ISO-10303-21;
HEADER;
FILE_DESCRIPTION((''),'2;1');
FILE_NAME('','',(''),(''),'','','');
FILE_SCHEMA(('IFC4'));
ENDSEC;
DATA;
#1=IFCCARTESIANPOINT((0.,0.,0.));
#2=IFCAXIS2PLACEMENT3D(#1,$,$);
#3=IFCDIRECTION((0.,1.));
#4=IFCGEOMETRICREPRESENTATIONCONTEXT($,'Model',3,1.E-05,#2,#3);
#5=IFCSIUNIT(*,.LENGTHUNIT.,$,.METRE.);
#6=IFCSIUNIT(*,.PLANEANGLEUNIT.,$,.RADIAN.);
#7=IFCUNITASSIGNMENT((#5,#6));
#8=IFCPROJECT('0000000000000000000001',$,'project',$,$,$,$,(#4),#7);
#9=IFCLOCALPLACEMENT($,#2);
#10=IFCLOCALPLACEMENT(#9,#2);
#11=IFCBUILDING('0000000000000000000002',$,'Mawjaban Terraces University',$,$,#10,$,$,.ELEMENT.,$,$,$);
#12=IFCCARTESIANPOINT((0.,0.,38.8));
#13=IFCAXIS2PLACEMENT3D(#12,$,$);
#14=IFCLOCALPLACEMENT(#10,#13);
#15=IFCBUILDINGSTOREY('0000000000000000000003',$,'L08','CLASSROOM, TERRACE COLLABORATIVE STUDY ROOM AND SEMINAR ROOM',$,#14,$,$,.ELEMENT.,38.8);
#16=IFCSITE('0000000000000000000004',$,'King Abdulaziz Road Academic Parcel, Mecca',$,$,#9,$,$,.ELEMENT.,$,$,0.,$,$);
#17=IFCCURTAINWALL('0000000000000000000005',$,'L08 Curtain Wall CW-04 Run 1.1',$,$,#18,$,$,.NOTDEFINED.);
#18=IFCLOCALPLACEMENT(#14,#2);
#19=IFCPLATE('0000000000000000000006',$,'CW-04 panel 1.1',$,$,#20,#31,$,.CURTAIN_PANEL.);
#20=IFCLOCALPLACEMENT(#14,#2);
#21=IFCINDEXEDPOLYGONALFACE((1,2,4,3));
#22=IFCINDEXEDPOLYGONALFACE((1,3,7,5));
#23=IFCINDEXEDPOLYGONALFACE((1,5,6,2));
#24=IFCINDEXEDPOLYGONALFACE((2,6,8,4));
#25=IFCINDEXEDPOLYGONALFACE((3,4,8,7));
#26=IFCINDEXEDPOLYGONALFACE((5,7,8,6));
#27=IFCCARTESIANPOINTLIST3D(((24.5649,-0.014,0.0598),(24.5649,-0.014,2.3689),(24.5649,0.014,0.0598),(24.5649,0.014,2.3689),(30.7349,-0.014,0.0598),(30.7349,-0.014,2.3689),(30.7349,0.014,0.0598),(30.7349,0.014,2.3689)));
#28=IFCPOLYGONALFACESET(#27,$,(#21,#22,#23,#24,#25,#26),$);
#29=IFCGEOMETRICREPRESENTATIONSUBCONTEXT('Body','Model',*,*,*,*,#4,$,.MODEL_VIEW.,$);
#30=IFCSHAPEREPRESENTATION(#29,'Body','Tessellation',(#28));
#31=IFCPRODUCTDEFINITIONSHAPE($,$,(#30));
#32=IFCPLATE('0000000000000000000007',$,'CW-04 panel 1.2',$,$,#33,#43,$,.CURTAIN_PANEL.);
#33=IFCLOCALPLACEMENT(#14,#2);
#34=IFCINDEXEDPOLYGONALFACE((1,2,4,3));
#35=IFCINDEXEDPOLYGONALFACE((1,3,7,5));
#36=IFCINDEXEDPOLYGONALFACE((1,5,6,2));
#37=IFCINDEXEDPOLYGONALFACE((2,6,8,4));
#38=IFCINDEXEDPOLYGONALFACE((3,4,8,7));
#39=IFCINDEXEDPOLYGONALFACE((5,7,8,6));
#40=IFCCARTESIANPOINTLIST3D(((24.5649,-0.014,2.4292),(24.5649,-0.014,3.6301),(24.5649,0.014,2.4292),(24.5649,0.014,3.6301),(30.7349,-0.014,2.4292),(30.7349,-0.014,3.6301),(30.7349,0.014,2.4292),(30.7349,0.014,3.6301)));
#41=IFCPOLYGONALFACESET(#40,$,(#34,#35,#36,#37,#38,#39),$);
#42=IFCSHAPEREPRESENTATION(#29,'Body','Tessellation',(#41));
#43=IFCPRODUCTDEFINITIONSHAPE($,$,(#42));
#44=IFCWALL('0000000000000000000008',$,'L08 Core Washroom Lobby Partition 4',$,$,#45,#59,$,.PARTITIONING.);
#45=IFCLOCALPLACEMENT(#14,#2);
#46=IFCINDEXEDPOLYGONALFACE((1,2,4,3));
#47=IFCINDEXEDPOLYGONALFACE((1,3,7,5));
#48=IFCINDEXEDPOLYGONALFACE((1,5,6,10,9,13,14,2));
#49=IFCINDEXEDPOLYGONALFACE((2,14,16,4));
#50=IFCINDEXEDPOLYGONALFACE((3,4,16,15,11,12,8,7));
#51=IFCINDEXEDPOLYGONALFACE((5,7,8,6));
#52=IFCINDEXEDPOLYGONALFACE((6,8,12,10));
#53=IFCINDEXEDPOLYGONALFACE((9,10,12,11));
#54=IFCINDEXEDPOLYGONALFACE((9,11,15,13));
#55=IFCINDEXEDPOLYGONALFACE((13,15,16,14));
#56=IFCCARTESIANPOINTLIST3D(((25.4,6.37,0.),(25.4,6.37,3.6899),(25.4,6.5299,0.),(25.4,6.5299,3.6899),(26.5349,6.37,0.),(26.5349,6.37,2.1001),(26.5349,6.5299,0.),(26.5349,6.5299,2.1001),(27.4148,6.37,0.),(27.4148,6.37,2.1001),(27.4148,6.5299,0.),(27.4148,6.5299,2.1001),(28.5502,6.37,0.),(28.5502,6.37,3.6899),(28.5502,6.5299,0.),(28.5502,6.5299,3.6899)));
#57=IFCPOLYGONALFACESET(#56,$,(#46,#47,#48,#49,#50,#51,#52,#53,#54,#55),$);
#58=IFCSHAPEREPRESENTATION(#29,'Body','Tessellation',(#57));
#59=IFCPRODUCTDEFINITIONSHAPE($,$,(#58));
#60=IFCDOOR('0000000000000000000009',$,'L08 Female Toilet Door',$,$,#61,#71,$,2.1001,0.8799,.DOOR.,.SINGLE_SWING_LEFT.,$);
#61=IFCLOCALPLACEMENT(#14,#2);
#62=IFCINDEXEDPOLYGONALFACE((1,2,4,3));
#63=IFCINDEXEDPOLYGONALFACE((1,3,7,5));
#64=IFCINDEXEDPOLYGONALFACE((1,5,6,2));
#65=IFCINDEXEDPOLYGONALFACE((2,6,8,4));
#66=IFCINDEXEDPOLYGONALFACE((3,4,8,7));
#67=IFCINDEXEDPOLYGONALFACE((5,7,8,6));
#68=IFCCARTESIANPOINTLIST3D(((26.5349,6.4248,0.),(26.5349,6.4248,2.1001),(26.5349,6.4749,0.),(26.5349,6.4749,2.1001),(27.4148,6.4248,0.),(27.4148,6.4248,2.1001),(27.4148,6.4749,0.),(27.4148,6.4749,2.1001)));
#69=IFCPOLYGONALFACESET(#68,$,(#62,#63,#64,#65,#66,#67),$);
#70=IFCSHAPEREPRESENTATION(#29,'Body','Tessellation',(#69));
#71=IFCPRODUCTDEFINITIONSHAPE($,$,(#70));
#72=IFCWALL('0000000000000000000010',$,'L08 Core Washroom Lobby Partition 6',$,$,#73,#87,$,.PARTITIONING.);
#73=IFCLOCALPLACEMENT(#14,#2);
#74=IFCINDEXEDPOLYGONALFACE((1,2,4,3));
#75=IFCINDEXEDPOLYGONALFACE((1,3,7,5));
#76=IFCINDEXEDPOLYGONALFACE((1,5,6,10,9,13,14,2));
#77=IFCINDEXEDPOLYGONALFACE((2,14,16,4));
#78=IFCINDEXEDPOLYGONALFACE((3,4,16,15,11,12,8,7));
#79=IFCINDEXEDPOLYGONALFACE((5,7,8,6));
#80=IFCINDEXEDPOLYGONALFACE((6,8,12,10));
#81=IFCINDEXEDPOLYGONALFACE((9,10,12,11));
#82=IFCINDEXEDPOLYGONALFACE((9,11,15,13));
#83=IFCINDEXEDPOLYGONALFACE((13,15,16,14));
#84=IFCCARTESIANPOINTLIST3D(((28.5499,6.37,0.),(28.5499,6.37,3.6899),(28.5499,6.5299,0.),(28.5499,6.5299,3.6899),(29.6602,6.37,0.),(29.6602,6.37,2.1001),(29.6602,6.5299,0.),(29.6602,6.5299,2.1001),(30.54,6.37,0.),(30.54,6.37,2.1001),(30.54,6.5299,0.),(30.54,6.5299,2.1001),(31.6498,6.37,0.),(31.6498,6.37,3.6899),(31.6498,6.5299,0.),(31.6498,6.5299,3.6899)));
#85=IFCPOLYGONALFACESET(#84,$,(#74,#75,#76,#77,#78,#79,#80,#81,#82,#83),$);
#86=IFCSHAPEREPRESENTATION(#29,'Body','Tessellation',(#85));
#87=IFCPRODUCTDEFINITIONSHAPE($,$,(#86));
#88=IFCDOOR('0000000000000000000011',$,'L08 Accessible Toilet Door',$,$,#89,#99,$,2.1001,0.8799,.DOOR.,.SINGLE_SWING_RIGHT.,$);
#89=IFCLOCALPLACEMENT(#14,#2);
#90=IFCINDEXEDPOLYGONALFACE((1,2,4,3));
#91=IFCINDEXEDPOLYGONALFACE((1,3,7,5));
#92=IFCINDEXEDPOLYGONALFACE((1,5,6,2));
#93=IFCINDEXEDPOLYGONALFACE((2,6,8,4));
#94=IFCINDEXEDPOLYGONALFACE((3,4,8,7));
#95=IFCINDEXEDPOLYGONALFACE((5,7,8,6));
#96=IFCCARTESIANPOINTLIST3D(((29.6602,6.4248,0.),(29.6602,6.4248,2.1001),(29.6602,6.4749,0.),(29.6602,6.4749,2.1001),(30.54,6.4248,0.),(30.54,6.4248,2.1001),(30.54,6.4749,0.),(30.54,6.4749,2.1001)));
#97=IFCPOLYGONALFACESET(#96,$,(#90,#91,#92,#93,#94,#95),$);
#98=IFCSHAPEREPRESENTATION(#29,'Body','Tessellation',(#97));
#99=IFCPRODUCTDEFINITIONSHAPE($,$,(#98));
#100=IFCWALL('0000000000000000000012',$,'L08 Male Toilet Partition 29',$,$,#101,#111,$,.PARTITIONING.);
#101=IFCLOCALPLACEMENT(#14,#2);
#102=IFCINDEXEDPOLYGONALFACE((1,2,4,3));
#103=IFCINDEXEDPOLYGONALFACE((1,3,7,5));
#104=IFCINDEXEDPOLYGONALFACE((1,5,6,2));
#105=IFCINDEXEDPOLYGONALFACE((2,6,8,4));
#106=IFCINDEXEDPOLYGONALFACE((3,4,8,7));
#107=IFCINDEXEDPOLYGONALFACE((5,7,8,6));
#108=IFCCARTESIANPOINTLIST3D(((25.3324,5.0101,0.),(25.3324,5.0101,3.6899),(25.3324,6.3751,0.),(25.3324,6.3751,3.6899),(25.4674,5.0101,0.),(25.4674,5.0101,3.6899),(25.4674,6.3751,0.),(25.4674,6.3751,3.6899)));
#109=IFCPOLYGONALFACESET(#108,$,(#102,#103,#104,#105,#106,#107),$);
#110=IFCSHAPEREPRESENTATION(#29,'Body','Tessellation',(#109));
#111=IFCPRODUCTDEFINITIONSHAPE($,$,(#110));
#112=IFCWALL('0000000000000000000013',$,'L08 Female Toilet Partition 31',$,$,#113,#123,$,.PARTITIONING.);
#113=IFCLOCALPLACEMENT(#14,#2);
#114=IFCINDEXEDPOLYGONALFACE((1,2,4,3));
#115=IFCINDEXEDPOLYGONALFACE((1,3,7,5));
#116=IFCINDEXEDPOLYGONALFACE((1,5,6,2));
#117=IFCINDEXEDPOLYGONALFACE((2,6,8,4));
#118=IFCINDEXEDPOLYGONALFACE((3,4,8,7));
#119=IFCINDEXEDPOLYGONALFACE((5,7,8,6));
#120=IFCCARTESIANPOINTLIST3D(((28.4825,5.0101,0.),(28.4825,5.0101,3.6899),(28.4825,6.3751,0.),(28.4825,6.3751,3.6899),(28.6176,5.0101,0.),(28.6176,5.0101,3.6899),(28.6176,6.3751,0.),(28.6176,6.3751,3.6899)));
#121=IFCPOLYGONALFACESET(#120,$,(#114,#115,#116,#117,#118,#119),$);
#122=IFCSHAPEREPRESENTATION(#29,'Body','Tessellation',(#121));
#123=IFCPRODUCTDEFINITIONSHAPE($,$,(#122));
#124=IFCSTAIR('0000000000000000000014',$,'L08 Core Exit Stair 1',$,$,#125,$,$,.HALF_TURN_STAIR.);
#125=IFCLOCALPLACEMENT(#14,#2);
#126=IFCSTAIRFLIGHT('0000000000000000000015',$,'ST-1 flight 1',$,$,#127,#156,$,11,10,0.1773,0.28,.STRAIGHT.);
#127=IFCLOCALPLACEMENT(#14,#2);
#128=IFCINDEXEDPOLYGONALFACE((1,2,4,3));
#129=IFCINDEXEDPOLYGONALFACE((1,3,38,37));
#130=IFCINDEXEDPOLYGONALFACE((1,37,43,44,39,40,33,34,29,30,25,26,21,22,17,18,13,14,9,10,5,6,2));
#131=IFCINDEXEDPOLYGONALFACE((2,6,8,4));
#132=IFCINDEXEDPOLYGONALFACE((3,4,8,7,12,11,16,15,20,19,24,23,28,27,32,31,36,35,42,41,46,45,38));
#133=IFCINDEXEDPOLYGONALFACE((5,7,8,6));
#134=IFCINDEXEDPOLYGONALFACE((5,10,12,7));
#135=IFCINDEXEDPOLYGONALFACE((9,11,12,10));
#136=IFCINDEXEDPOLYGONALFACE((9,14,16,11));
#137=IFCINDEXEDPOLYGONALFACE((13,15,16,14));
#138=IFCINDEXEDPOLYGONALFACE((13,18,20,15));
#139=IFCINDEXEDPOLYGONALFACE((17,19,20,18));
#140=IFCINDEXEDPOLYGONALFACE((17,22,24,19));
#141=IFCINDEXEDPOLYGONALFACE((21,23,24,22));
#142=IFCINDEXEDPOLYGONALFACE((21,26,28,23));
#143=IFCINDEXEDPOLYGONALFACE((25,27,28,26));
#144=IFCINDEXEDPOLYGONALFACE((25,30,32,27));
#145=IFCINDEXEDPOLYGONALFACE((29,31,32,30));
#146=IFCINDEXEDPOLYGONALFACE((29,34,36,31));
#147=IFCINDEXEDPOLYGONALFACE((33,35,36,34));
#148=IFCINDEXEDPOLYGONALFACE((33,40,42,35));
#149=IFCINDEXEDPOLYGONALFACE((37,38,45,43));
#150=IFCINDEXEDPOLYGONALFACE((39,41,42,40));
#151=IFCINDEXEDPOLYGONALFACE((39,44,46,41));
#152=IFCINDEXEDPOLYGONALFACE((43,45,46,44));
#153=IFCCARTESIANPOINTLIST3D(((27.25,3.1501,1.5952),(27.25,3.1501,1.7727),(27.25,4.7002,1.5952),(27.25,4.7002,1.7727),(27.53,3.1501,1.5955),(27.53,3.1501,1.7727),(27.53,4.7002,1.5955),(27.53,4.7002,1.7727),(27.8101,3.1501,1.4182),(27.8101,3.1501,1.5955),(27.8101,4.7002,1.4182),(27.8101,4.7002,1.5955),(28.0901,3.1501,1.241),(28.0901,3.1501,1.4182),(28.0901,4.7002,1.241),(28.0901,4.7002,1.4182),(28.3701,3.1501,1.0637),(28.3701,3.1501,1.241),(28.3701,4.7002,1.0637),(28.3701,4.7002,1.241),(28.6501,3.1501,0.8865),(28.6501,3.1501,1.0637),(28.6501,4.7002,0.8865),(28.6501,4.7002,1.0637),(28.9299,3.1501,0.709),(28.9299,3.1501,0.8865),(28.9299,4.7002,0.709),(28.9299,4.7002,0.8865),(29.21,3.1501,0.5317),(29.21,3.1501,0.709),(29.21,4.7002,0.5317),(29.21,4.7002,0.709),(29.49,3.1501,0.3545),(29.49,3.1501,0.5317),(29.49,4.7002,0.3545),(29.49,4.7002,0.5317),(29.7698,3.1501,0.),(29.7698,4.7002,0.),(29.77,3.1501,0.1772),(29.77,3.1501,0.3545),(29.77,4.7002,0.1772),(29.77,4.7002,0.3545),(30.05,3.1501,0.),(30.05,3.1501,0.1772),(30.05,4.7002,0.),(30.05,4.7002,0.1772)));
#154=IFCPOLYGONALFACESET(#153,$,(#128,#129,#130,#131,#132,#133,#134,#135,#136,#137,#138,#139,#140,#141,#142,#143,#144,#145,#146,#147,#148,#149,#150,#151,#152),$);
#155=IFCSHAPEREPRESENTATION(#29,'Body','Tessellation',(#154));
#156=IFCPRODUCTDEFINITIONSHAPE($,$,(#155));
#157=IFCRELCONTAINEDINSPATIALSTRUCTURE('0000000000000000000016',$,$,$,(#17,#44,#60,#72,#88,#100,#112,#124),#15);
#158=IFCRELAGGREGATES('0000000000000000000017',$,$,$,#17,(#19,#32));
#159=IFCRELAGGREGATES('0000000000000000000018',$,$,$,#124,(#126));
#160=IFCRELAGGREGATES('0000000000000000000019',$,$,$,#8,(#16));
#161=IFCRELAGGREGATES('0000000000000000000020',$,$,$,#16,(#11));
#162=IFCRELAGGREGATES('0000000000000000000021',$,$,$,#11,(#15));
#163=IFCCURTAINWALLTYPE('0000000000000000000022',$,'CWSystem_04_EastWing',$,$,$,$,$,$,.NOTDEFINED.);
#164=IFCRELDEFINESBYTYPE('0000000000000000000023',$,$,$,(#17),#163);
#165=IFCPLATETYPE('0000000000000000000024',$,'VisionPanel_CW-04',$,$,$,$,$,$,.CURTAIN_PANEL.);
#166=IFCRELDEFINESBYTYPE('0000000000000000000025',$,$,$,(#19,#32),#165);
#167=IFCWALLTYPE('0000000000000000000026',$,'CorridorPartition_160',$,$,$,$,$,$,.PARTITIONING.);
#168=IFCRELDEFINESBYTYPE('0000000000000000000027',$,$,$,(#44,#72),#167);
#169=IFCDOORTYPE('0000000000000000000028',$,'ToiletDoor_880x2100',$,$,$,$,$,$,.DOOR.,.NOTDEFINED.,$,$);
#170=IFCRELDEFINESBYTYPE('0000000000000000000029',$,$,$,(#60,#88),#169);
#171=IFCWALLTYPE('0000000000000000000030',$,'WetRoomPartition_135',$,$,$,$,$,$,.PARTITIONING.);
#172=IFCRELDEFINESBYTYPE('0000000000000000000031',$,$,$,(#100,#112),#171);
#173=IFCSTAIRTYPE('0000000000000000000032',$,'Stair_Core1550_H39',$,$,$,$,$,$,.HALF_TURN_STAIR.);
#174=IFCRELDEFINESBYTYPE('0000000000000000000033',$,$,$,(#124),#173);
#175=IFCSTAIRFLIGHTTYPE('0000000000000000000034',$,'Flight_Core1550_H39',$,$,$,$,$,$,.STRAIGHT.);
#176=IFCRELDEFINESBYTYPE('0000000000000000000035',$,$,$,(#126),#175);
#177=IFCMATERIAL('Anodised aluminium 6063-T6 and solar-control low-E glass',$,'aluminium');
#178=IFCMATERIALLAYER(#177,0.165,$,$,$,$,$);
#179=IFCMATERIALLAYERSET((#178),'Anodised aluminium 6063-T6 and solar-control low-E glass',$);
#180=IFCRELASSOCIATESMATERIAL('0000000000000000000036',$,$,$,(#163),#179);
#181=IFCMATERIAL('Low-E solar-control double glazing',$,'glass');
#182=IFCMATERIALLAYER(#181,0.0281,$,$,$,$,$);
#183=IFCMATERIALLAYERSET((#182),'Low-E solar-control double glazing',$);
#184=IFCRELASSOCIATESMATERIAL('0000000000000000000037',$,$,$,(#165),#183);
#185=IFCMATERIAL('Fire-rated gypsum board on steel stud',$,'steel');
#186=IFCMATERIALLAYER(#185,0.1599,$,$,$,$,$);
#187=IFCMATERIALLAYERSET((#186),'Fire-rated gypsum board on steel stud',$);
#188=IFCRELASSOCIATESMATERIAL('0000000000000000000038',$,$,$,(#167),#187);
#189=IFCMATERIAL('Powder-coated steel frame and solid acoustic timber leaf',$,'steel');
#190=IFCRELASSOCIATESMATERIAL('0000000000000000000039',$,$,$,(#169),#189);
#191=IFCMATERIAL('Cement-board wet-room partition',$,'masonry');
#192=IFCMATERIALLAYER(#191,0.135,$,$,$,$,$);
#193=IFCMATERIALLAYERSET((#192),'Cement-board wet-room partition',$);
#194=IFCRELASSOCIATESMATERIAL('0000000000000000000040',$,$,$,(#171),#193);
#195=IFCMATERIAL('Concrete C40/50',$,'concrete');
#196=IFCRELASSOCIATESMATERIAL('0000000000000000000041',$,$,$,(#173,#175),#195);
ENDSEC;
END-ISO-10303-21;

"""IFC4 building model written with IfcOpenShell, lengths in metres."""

from ifc_helpers import new_model, si_unit, direction, frame, frame_2d, origin, origin_2d, place, context, subcontext, project, spatial, polyline, rectangle, outline, extrude, material, layer, layer_set, type_object, element, fill, aggregate, save


model = new_model("IFC4")

# Units and contexts
model_context = context("Model", 3, precision=1e-05, world=origin(), true_north=direction((0.0, 1.0)))
body_context = subcontext(model_context, "Body", "Model", "MODEL_VIEW")
ifc_project = project(units=[si_unit("LENGTHUNIT", "METRE"), si_unit("PLANEANGLEUNIT", "RADIAN")], contexts=[model_context])

# Site, building, storey
site_placement = place(None, origin())
site = spatial("IfcSite", under=ifc_project, at=site_placement, Name="King Abdulaziz Road Academic Parcel, Mecca", CompositionType="ELEMENT", RefElevation=0.0)
building_placement = place(site_placement, origin())
building = spatial("IfcBuilding", under=site, at=building_placement, Name="Mawjaban Terraces University", CompositionType="ELEMENT")
storey_placement = place(building_placement, frame((0.0, 0.0, 38.8)))
storey = spatial("IfcBuildingStorey", under=building, at=storey_placement, Name="L08", Description="CLASSROOM, TERRACE COLLABORATIVE STUDY ROOM AND SEMINAR ROOM", CompositionType="ELEMENT", Elevation=38.8)

# Curtain wall, plates
ifc_material_1 = material(Name="Anodised aluminium 6063-T6 and solar-control low-E glass", Category="aluminium")
ifc_layer_1 = layer(ifc_material_1, 0.165)
ifc_layer_set_1 = layer_set([ifc_layer_1], Name="Anodised aluminium 6063-T6 and solar-control low-E glass")
curtain_wall_type = type_object("IfcCurtainWallType", Name="CWSystem_04_EastWing", PredefinedType="NOTDEFINED", material=ifc_layer_set_1)
curtain_wall_placement = place(storey_placement, origin())
curtain_wall = element("IfcCurtainWall", 1, at=curtain_wall_placement, inside=storey, type_object=curtain_wall_type, Name="L08 Curtain Wall CW-04 Run 1.1", PredefinedType="NOTDEFINED")
ifc_material_2 = material(Name="Low-E solar-control double glazing", Category="glass")
ifc_layer_2 = layer(ifc_material_2, 0.0281)
ifc_layer_set_2 = layer_set([ifc_layer_2], Name="Low-E solar-control double glazing")
plate_type = type_object("IfcPlateType", Name="VisionPanel_CW-04", PredefinedType="CURTAIN_PANEL", material=ifc_layer_set_2)
plate_1_placement = place(storey_placement, frame((27.6499, 0.0, 0.0598), z_axis=(0.0, 0.0, 1.0), x_axis=(1.0, 0.0, 0.0)))
plate_1 = element("IfcPlate", 2, at=plate_1_placement, type_object=plate_type, Name="CW-04 panel 1.1", PredefinedType="CURTAIN_PANEL", context=body_context, shape_type="SweptSolid", body=[
    extrude(rectangle(XDim=6.1699, YDim=0.0281, at=origin_2d()), origin(), (0.0, 0.0, 1.0), 2.3091),
])
plate_2_placement = place(storey_placement, frame((27.6499, 0.0, 2.4292), z_axis=(0.0, 0.0, 1.0), x_axis=(1.0, 0.0, 0.0)))
plate_2 = element("IfcPlate", 3, at=plate_2_placement, type_object=plate_type, Name="CW-04 panel 1.2", PredefinedType="CURTAIN_PANEL", context=body_context, shape_type="SweptSolid", body=[
    extrude(rectangle(XDim=6.1699, YDim=0.0281, at=origin_2d()), origin(), (0.0, 0.0, 1.0), 1.2009),
])
aggregate(curtain_wall, [plate_1, plate_2])

# Walls, openings, doors
ifc_material_3 = material(Name="Fire-rated gypsum board on steel stud", Category="steel")
ifc_layer_3 = layer(ifc_material_3, 0.1599)
ifc_layer_set_3 = layer_set([ifc_layer_3], Name="Fire-rated gypsum board on steel stud")
wall_type_1 = type_object("IfcWallType", Name="CorridorPartition_160", PredefinedType="PARTITIONING", material=ifc_layer_set_3)
wall_1_placement = place(storey_placement, frame((25.3999, 6.45, 0.0), z_axis=(0.0, 0.0, 1.0), x_axis=(1.0, 0.0, 0.0)))
wall_1 = element("IfcWall", 4, at=wall_1_placement, inside=storey, type_object=wall_type_1, Name="L08 Core Washroom Lobby Partition 4", PredefinedType="PARTITIONING", context=body_context, shape_type="SweptSolid", body=[
    extrude(rectangle(XDim=3.1501, YDim=0.1599, at=frame_2d((1.5752, 0.0))), origin(), (0.0, 0.0, 1.0), 3.6899),
])
opening_1_placement = place(wall_1_placement, frame((1.135, 0.0, 0.0)))
opening_1 = element("IfcOpeningElement", 5, at=opening_1_placement, cuts=wall_1, PredefinedType="OPENING", context=body_context, shape_type="SweptSolid", body=[
    extrude(rectangle(XDim=0.8799, YDim=2.1001, at=frame_2d((0.4399, 1.05))), frame((0.0, 0.0898, 0.0), z_axis=(0.0, -1.0, 0.0), x_axis=(1.0, 0.0, 0.0)), (0.0, 0.0, 1.0), 0.1799),
])
ifc_material_4 = material(Name="Powder-coated steel frame and solid acoustic timber leaf", Category="steel")
door_type = type_object("IfcDoorType", Name="ToiletDoor_880x2100", OperationType="NOTDEFINED", PredefinedType="DOOR", material=ifc_material_4)
door_1_placement = place(opening_1_placement, origin())
door_1 = element("IfcDoor", 6, at=door_1_placement, inside=storey, type_object=door_type, Name="L08 Female Toilet Door", OperationType="SINGLE_SWING_LEFT", OverallHeight=2.1001, OverallWidth=0.8799, PredefinedType="DOOR", context=body_context, shape_type="SweptSolid", body=[
    extrude(rectangle(XDim=0.8799, YDim=2.1001, at=frame_2d((0.4399, 1.05))), frame((0.0, 0.0249, 0.0), z_axis=(0.0, -1.0, 0.0), x_axis=(1.0, 0.0, 0.0)), (0.0, 0.0, 1.0), 0.05),
])
fill(opening_1, door_1)
wall_2_placement = place(storey_placement, frame((28.55, 6.45, 0.0), z_axis=(0.0, 0.0, 1.0), x_axis=(1.0, 0.0, 0.0)))
wall_2 = element("IfcWall", 7, at=wall_2_placement, inside=storey, type_object=wall_type_1, Name="L08 Core Washroom Lobby Partition 6", PredefinedType="PARTITIONING", context=body_context, shape_type="SweptSolid", body=[
    extrude(rectangle(XDim=3.0999, YDim=0.1599, at=frame_2d((1.5498, 0.0))), origin(), (0.0, 0.0, 1.0), 3.6899),
])
opening_2_placement = place(wall_2_placement, frame((1.1101, 0.0, 0.0)))
opening_2 = element("IfcOpeningElement", 8, at=opening_2_placement, cuts=wall_2, PredefinedType="OPENING", context=body_context, shape_type="SweptSolid", body=[
    extrude(rectangle(XDim=0.8799, YDim=2.1001, at=frame_2d((0.4399, 1.05))), frame((0.0, 0.0898, 0.0), z_axis=(0.0, -1.0, 0.0), x_axis=(1.0, 0.0, 0.0)), (0.0, 0.0, 1.0), 0.1799),
])
door_2_placement = place(opening_2_placement, origin())
door_2 = element("IfcDoor", 9, at=door_2_placement, inside=storey, type_object=door_type, Name="L08 Accessible Toilet Door", OperationType="SINGLE_SWING_RIGHT", OverallHeight=2.1001, OverallWidth=0.8799, PredefinedType="DOOR", context=body_context, shape_type="SweptSolid", body=[
    extrude(rectangle(XDim=0.8799, YDim=2.1001, at=frame_2d((0.4399, 1.05))), frame((0.0, 0.0249, 0.0), z_axis=(0.0, -1.0, 0.0), x_axis=(1.0, 0.0, 0.0)), (0.0, 0.0, 1.0), 0.05),
])
fill(opening_2, door_2)

# Walls
ifc_material_5 = material(Name="Cement-board wet-room partition", Category="masonry")
ifc_layer_4 = layer(ifc_material_5, 0.135)
ifc_layer_set_4 = layer_set([ifc_layer_4], Name="Cement-board wet-room partition")
wall_type_2 = type_object("IfcWallType", Name="WetRoomPartition_135", PredefinedType="PARTITIONING", material=ifc_layer_set_4)
for number, where, z_axis, x_axis, name in (
    (10, (25.3999, 5.01, 0.0), (0.0, 0.0, 1.0), (0.0, 1.0, 0.0), "L08 Male Toilet Partition 29"),
    (11, (28.55, 5.01, 0.0), (0.0, 0.0, 1.0), (0.0, 1.0, 0.0), "L08 Female Toilet Partition 31"),
):
    element("IfcWall", number, at=place(storey_placement, frame(where, z_axis=z_axis, x_axis=x_axis)), inside=storey, type_object=wall_type_2, Name=name, PredefinedType="PARTITIONING", context=body_context, shape_type="SweptSolid", body=[
        extrude(rectangle(XDim=1.365, YDim=0.135, at=frame_2d((0.6826, 0.0))), origin(), (0.0, 0.0, 1.0), 3.6899),
    ])

# Stair, stair flight
ifc_material_6 = material(Name="Concrete C40/50", Category="concrete")
stair_type = type_object("IfcStairType", Name="Stair_Core1550_H39", PredefinedType="HALF_TURN_STAIR", material=ifc_material_6)
stair_1_placement = place(storey_placement, origin())
stair_1 = element("IfcStair", 12, at=stair_1_placement, inside=storey, type_object=stair_type, Name="L08 Core Exit Stair 1", PredefinedType="HALF_TURN_STAIR")
stair_flight_type = type_object("IfcStairFlightType", Name="Flight_Core1550_H39", PredefinedType="STRAIGHT", material=ifc_material_6)
stair_flight_1_placement = place(storey_placement, frame((30.05, 3.925, 0.0), z_axis=(0.0, 0.0, 1.0), x_axis=(-1.0, 0.0, 0.0)))
stair_flight_1 = element("IfcStairFlight", 13, at=stair_flight_1_placement, type_object=stair_flight_type, Name="ST-1 flight 1", NumberOfRisers=11, NumberOfTreads=10, PredefinedType="STRAIGHT", RiserHeight=0.1773, TreadLength=0.28, context=body_context, shape_type="SweptSolid", body=[
    extrude(outline(polyline([(0.0, 0.0), (0.0, 0.1772), (0.28, 0.1772), (0.28, 0.3545), (0.5601, 0.3545), (0.5601, 0.5317), (0.8401, 0.5317), (0.8401, 0.709), (1.1201, 0.709), (1.1201, 0.8865), (1.3999, 0.8865), (1.3999, 1.0637), (1.6799, 1.0637), (1.6799, 1.241), (1.96, 1.241), (1.96, 1.4182), (2.24, 1.4182), (2.24, 1.5955), (2.52, 1.5955), (2.52, 1.7727), (2.8, 1.7727), (2.8, 1.95), (2.8, 1.5952), (0.2803, 0.0), (0.0, 0.0)])), frame((0.0, 0.7749, 0.0), z_axis=(0.0, -1.0, 0.0), x_axis=(1.0, 0.0, 0.0)), (0.0, 0.0, 1.0), 1.55),
])
aggregate(stair_1, [stair_flight_1])

save(model, "model.ifc")
